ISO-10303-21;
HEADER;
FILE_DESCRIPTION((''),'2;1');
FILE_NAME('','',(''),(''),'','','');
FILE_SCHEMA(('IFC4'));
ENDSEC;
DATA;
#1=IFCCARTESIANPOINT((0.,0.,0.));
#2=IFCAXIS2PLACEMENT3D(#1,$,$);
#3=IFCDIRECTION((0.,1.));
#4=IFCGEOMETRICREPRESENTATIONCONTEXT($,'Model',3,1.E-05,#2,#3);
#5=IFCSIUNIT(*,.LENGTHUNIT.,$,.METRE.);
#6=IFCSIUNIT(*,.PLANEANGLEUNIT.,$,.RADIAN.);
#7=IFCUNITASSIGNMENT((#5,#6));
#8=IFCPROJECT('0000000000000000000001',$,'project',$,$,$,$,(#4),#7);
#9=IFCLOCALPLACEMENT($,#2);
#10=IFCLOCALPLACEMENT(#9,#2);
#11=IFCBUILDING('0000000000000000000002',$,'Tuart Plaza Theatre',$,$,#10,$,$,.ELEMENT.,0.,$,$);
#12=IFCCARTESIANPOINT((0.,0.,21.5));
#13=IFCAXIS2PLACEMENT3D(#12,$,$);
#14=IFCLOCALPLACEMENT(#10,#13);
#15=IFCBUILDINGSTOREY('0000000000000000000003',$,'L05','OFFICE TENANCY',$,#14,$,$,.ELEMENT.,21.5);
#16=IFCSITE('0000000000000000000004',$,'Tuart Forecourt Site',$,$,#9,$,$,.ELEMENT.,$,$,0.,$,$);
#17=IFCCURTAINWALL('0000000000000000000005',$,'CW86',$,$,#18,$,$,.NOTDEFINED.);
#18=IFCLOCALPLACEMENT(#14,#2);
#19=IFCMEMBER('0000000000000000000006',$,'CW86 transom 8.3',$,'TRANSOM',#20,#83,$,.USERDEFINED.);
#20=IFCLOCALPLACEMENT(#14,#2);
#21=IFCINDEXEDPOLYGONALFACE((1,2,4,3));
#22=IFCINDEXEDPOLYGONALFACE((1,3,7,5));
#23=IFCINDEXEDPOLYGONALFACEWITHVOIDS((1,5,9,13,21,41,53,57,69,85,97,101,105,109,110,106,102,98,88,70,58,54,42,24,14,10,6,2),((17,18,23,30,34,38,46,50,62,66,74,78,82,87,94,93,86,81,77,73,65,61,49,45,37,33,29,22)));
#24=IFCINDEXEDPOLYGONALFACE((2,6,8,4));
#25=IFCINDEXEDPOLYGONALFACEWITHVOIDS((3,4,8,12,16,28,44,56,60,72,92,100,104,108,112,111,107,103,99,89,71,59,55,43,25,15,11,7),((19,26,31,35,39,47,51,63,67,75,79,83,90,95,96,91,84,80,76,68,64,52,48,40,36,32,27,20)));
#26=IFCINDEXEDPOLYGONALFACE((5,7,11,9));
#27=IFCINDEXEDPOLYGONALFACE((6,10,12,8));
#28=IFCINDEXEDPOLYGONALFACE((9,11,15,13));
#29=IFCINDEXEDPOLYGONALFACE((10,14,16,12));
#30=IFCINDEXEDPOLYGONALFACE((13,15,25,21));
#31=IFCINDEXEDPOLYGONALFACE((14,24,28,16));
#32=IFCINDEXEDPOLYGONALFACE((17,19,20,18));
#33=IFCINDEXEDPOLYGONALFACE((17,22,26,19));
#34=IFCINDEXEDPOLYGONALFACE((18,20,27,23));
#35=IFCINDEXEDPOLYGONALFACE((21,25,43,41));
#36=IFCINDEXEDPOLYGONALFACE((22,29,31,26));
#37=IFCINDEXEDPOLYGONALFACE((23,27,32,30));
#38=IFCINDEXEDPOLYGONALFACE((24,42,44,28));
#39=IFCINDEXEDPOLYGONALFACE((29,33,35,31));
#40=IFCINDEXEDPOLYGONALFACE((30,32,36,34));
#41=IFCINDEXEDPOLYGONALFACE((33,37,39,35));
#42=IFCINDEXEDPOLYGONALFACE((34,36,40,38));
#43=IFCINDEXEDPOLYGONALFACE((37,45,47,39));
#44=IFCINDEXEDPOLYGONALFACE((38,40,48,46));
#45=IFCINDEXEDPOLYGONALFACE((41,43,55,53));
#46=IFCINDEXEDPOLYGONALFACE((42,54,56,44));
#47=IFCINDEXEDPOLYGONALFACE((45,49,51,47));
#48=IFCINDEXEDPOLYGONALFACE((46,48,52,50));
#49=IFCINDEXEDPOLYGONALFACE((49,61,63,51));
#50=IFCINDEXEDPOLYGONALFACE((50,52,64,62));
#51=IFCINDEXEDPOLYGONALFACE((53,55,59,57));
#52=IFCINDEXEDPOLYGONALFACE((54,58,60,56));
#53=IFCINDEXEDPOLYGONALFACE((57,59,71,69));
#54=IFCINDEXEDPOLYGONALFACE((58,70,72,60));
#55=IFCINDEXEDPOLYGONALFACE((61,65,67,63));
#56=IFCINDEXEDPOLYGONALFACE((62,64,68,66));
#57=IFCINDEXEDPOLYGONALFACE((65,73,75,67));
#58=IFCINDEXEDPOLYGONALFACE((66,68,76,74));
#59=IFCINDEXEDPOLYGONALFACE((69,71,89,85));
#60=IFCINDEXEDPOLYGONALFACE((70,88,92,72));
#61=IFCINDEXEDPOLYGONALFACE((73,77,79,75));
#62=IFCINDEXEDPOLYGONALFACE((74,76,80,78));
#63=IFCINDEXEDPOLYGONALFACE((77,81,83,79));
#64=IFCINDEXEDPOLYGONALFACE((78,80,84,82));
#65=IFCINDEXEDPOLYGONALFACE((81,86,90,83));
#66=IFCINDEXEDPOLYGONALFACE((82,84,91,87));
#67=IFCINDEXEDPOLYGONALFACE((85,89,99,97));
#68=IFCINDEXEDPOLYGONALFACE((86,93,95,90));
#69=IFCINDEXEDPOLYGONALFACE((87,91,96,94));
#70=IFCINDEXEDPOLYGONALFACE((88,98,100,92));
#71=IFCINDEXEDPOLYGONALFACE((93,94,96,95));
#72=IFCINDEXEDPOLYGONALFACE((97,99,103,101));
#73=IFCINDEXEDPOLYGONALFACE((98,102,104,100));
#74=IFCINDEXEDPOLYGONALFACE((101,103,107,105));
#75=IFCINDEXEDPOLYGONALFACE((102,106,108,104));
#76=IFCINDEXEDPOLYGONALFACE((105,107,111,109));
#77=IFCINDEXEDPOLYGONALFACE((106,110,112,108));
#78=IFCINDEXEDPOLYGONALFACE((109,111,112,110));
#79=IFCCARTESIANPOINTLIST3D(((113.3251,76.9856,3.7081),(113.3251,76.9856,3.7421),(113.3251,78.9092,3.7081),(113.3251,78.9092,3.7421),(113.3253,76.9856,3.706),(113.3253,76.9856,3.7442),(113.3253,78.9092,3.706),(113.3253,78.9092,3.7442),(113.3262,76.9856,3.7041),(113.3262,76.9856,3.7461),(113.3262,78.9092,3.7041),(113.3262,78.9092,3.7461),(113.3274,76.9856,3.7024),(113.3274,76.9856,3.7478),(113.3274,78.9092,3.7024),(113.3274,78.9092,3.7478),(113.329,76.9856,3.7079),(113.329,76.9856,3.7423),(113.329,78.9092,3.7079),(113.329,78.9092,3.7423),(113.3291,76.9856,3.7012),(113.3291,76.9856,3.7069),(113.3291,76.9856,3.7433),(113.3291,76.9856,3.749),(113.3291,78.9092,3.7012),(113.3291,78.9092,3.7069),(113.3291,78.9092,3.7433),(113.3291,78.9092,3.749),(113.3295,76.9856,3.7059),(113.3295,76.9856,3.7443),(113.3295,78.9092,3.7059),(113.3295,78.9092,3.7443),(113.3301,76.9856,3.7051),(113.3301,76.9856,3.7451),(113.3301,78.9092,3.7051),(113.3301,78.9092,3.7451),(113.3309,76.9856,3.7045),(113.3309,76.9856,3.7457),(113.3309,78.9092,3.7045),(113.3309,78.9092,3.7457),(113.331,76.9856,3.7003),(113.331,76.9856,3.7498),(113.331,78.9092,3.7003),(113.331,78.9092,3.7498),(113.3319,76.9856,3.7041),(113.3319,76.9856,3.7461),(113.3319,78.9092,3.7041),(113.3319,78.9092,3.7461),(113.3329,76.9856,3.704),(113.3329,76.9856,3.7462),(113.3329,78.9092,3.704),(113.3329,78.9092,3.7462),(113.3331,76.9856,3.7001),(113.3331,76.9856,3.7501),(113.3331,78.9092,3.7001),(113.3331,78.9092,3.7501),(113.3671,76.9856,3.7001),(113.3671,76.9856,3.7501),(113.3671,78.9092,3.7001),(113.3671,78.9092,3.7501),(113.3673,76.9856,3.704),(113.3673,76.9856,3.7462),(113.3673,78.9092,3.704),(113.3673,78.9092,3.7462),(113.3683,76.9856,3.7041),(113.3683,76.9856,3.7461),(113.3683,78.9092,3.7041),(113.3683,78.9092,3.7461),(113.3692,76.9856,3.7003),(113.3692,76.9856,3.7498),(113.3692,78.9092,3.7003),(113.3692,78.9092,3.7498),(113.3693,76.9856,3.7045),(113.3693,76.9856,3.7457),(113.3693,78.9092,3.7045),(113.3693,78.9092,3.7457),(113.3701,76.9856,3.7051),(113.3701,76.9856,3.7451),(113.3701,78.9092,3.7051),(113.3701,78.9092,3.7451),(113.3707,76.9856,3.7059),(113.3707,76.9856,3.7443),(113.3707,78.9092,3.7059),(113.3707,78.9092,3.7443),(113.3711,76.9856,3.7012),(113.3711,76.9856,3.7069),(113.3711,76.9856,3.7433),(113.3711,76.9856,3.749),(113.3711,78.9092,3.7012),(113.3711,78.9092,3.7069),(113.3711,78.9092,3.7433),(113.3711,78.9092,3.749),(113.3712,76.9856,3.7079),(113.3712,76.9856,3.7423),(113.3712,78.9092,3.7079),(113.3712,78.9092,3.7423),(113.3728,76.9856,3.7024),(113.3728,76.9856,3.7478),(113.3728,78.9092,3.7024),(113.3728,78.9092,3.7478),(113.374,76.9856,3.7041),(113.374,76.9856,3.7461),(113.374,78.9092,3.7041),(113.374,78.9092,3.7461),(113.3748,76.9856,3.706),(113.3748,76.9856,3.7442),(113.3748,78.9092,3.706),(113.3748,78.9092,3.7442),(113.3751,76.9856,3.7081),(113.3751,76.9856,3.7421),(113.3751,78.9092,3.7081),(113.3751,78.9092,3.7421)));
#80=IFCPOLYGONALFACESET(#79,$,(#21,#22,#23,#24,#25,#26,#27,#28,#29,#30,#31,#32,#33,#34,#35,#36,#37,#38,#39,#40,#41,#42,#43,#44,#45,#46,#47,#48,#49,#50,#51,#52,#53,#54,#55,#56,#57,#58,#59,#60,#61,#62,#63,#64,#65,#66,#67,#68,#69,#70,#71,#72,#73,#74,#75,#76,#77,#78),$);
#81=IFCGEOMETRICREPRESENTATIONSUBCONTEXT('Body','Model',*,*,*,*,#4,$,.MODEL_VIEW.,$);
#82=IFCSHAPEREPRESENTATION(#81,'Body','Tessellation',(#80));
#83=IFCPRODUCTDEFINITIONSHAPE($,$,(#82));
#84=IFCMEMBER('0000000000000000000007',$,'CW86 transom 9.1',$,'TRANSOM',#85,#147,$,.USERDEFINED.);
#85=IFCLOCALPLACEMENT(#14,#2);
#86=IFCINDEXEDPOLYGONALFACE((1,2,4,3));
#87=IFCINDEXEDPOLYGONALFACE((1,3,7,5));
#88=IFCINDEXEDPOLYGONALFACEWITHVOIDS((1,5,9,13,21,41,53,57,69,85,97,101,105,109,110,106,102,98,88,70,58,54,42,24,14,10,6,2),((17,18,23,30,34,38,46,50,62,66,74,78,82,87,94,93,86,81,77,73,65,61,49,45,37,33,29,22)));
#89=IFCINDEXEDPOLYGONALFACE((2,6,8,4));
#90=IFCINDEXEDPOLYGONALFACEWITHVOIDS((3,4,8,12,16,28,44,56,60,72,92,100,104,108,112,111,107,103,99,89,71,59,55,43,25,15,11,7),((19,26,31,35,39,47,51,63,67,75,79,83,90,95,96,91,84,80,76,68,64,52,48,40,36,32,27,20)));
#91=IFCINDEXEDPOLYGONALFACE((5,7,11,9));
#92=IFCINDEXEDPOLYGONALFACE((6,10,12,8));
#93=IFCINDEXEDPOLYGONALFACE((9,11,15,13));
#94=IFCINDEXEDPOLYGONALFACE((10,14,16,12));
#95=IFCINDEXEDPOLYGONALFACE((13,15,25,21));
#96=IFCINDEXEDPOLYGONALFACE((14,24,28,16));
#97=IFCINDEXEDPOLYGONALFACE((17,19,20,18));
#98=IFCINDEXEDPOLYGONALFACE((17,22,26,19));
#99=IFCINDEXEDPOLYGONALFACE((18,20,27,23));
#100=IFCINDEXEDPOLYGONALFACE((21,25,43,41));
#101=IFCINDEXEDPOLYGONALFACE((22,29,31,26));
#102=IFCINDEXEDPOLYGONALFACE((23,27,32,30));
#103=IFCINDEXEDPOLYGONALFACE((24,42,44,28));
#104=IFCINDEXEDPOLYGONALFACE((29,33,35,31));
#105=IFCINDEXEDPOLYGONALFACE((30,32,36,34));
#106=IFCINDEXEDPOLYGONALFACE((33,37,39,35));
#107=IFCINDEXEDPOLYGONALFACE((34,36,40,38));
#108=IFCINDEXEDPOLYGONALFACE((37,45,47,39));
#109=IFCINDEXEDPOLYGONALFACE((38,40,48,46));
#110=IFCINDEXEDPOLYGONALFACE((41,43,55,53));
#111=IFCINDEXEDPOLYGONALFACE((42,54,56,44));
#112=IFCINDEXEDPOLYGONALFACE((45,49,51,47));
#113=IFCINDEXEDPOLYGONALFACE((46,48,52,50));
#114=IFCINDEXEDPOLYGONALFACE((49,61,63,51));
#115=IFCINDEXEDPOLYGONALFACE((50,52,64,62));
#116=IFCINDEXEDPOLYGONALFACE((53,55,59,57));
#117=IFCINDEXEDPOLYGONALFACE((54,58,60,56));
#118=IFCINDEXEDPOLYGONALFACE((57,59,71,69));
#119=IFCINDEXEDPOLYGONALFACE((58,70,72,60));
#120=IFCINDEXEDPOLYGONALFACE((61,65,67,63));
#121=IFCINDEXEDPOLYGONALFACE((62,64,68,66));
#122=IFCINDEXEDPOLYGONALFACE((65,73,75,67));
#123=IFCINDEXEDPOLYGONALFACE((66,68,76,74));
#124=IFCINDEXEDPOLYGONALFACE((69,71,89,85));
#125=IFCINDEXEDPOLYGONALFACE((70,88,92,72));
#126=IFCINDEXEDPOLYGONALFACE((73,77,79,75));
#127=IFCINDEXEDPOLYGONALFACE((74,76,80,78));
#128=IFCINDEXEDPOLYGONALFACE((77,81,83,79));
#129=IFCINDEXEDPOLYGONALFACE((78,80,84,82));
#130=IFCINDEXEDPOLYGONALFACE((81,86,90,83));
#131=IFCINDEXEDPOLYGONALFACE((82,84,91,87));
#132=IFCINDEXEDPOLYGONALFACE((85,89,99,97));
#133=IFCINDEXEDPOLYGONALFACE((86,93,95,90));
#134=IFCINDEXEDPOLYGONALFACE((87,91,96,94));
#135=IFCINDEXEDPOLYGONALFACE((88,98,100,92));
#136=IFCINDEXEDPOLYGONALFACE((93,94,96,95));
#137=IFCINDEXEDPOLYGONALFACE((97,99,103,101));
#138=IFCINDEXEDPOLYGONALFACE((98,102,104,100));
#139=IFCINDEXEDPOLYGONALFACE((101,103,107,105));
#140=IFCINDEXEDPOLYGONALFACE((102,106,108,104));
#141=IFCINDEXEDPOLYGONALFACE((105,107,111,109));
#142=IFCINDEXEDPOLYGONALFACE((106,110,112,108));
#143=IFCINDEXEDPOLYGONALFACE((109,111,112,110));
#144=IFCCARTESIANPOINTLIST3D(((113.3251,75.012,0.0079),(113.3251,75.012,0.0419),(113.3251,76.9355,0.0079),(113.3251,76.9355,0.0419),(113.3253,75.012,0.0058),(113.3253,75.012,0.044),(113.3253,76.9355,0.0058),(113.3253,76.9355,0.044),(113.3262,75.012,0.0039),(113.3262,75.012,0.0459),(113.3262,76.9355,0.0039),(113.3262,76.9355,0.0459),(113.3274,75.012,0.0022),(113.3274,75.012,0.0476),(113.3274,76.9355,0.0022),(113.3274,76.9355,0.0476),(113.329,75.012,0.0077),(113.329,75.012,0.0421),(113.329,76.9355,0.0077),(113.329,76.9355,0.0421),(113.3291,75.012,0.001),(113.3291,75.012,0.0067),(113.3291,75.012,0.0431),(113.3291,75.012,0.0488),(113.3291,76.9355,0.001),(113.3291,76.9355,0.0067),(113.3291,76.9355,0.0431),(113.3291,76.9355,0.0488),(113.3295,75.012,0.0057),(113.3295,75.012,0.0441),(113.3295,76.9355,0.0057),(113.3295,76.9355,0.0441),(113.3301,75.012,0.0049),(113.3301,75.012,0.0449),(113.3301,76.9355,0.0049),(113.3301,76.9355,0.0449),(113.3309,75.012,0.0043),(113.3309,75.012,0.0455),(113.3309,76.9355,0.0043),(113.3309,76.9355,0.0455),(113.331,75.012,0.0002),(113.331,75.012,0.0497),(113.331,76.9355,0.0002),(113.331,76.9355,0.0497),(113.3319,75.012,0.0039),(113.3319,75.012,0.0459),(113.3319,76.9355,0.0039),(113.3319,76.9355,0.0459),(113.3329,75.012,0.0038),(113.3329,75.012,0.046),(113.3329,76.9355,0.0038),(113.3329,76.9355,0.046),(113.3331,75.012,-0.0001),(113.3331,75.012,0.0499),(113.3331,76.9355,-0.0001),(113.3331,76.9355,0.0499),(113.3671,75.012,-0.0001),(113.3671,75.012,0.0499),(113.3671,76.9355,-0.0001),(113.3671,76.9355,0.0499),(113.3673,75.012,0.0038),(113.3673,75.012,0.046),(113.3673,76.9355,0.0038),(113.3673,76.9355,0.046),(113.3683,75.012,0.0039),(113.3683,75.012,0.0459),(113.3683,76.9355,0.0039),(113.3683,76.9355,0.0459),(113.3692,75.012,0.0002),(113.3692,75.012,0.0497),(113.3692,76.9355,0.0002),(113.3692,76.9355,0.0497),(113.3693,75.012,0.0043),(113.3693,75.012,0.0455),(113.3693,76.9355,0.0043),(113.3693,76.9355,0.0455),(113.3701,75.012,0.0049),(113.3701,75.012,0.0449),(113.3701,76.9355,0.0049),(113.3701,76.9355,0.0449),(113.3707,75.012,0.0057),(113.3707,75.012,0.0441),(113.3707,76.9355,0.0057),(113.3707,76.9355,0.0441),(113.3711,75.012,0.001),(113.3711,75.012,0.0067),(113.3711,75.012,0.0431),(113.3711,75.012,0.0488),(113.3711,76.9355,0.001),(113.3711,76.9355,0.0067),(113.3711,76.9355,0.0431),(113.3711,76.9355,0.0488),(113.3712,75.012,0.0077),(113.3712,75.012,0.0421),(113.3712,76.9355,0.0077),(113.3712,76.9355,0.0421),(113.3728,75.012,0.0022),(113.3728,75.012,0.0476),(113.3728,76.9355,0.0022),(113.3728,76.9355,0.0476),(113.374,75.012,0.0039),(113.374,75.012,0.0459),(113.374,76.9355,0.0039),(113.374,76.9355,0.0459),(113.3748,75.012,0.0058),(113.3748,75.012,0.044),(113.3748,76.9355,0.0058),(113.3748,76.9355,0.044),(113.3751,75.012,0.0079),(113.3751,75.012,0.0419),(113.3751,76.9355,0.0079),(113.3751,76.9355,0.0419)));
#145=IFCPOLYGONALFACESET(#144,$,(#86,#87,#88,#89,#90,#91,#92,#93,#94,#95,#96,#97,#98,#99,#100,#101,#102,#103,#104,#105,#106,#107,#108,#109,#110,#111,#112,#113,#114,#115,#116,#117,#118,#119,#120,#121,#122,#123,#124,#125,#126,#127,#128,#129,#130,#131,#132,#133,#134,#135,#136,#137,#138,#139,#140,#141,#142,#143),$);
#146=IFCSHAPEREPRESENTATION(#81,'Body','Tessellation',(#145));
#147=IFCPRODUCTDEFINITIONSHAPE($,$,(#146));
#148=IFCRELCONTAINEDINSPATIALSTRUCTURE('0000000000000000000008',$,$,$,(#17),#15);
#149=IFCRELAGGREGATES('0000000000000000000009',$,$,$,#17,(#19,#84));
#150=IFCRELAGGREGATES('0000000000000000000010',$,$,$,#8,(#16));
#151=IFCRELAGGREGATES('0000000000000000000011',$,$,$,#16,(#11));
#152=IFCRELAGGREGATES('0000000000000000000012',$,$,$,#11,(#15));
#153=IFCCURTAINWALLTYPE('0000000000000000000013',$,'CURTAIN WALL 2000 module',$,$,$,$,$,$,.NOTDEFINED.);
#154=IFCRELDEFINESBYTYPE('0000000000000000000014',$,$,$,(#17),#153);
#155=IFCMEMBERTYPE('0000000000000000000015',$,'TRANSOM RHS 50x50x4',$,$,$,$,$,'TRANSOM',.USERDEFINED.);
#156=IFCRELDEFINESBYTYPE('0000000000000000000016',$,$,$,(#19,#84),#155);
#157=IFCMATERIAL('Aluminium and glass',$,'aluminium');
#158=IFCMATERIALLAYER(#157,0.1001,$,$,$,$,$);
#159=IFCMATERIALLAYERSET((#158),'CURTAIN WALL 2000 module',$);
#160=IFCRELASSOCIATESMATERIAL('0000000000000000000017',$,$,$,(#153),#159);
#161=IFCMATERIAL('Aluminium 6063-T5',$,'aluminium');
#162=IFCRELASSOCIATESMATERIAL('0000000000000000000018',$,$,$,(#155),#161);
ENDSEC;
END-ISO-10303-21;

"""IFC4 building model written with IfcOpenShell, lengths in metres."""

from ifc_helpers import new_model, si_unit, direction, frame, origin, origin_2d, place, context, subcontext, project, spatial, hollow_rectangle, extrude, material, layer, layer_set, material_profile, profile_set, type_object, element, aggregate, save


model = new_model("IFC4")

# Units and contexts
model_context = context("Model", 3, precision=1e-05, world=origin(), true_north=direction((0.0, 1.0)))
body_context = subcontext(model_context, "Body", "Model", "MODEL_VIEW")
ifc_project = project(units=[si_unit("LENGTHUNIT", "METRE"), si_unit("PLANEANGLEUNIT", "RADIAN")], contexts=[model_context])

# Site, building, storey
site_placement = place(None, origin())
site = spatial("IfcSite", under=ifc_project, at=site_placement, Name="Tuart Forecourt Site", CompositionType="ELEMENT", RefElevation=0.0)
building_placement = place(site_placement, origin())
building = spatial("IfcBuilding", under=site, at=building_placement, Name="Tuart Plaza Theatre", CompositionType="ELEMENT", ElevationOfRefHeight=0.0)
storey_placement = place(building_placement, frame((0.0, 0.0, 21.5)))
storey = spatial("IfcBuildingStorey", under=building, at=storey_placement, Name="L05", Description="OFFICE TENANCY", CompositionType="ELEMENT", Elevation=21.5)

# Curtain wall, members
ifc_material_1 = material(Name="Aluminium and glass", Category="aluminium")
ifc_layer_1 = layer(ifc_material_1, 0.1001)
ifc_layer_set_1 = layer_set([ifc_layer_1], Name="CURTAIN WALL 2000 module")
curtain_wall_type = type_object("IfcCurtainWallType", Name="CURTAIN WALL 2000 module", PredefinedType="NOTDEFINED", material=ifc_layer_set_1)
curtain_wall_placement = place(storey_placement, origin())
curtain_wall = element("IfcCurtainWall", 1, at=curtain_wall_placement, inside=storey, type_object=curtain_wall_type, Name="CW86", PredefinedType="NOTDEFINED")
ifc_material_2 = material(Name="Aluminium 6063-T5", Category="aluminium")
ifc_material_profile_1 = material_profile(ifc_material_2, hollow_rectangle(XDim=0.05, YDim=0.05, WallThickness=0.0039, InnerFilletRadius=0.0039, OuterFilletRadius=0.0081, at=origin_2d()), Name="RHS 50x50x4")
ifc_profile_set_1 = profile_set([ifc_material_profile_1], Name="Aluminium 6063-T5")
member_type_1 = type_object("IfcMemberType", Name="TRANSOM RHS 50x50x4", ElementType="TRANSOM", PredefinedType="USERDEFINED", material=ifc_profile_set_1)
member_1_placement = place(storey_placement, frame((113.3501, 78.9092, 3.7251), z_axis=(0.0, -1.0, 0.0), x_axis=(1.0, 0.0, 0.0)))
member_1 = element("IfcMember", 2, at=member_1_placement, type_object=member_type_1, Name="CW86 transom 8.3", ObjectType="TRANSOM", PredefinedType="USERDEFINED", context=body_context, shape_type="SweptSolid", body=[
    extrude(hollow_rectangle(XDim=0.05, YDim=0.05, WallThickness=0.0039, InnerFilletRadius=0.0039, OuterFilletRadius=0.0081, at=origin_2d()), origin(), (0.0, 0.0, 1.0), 1.9236),
])
member_2_placement = place(storey_placement, frame((113.3501, 76.9355, 0.0249), z_axis=(0.0, -1.0, 0.0), x_axis=(1.0, 0.0, 0.0)))
member_2 = element("IfcMember", 3, at=member_2_placement, type_object=member_type_1, Name="CW86 transom 9.1", ObjectType="TRANSOM", PredefinedType="USERDEFINED", context=body_context, shape_type="SweptSolid", body=[
    extrude(hollow_rectangle(XDim=0.05, YDim=0.05, WallThickness=0.0039, InnerFilletRadius=0.0039, OuterFilletRadius=0.0081, at=origin_2d()), origin(), (0.0, 0.0, 1.0), 1.9236),
])
aggregate(curtain_wall, [member_1, member_2])

save(model, "model.ifc")
